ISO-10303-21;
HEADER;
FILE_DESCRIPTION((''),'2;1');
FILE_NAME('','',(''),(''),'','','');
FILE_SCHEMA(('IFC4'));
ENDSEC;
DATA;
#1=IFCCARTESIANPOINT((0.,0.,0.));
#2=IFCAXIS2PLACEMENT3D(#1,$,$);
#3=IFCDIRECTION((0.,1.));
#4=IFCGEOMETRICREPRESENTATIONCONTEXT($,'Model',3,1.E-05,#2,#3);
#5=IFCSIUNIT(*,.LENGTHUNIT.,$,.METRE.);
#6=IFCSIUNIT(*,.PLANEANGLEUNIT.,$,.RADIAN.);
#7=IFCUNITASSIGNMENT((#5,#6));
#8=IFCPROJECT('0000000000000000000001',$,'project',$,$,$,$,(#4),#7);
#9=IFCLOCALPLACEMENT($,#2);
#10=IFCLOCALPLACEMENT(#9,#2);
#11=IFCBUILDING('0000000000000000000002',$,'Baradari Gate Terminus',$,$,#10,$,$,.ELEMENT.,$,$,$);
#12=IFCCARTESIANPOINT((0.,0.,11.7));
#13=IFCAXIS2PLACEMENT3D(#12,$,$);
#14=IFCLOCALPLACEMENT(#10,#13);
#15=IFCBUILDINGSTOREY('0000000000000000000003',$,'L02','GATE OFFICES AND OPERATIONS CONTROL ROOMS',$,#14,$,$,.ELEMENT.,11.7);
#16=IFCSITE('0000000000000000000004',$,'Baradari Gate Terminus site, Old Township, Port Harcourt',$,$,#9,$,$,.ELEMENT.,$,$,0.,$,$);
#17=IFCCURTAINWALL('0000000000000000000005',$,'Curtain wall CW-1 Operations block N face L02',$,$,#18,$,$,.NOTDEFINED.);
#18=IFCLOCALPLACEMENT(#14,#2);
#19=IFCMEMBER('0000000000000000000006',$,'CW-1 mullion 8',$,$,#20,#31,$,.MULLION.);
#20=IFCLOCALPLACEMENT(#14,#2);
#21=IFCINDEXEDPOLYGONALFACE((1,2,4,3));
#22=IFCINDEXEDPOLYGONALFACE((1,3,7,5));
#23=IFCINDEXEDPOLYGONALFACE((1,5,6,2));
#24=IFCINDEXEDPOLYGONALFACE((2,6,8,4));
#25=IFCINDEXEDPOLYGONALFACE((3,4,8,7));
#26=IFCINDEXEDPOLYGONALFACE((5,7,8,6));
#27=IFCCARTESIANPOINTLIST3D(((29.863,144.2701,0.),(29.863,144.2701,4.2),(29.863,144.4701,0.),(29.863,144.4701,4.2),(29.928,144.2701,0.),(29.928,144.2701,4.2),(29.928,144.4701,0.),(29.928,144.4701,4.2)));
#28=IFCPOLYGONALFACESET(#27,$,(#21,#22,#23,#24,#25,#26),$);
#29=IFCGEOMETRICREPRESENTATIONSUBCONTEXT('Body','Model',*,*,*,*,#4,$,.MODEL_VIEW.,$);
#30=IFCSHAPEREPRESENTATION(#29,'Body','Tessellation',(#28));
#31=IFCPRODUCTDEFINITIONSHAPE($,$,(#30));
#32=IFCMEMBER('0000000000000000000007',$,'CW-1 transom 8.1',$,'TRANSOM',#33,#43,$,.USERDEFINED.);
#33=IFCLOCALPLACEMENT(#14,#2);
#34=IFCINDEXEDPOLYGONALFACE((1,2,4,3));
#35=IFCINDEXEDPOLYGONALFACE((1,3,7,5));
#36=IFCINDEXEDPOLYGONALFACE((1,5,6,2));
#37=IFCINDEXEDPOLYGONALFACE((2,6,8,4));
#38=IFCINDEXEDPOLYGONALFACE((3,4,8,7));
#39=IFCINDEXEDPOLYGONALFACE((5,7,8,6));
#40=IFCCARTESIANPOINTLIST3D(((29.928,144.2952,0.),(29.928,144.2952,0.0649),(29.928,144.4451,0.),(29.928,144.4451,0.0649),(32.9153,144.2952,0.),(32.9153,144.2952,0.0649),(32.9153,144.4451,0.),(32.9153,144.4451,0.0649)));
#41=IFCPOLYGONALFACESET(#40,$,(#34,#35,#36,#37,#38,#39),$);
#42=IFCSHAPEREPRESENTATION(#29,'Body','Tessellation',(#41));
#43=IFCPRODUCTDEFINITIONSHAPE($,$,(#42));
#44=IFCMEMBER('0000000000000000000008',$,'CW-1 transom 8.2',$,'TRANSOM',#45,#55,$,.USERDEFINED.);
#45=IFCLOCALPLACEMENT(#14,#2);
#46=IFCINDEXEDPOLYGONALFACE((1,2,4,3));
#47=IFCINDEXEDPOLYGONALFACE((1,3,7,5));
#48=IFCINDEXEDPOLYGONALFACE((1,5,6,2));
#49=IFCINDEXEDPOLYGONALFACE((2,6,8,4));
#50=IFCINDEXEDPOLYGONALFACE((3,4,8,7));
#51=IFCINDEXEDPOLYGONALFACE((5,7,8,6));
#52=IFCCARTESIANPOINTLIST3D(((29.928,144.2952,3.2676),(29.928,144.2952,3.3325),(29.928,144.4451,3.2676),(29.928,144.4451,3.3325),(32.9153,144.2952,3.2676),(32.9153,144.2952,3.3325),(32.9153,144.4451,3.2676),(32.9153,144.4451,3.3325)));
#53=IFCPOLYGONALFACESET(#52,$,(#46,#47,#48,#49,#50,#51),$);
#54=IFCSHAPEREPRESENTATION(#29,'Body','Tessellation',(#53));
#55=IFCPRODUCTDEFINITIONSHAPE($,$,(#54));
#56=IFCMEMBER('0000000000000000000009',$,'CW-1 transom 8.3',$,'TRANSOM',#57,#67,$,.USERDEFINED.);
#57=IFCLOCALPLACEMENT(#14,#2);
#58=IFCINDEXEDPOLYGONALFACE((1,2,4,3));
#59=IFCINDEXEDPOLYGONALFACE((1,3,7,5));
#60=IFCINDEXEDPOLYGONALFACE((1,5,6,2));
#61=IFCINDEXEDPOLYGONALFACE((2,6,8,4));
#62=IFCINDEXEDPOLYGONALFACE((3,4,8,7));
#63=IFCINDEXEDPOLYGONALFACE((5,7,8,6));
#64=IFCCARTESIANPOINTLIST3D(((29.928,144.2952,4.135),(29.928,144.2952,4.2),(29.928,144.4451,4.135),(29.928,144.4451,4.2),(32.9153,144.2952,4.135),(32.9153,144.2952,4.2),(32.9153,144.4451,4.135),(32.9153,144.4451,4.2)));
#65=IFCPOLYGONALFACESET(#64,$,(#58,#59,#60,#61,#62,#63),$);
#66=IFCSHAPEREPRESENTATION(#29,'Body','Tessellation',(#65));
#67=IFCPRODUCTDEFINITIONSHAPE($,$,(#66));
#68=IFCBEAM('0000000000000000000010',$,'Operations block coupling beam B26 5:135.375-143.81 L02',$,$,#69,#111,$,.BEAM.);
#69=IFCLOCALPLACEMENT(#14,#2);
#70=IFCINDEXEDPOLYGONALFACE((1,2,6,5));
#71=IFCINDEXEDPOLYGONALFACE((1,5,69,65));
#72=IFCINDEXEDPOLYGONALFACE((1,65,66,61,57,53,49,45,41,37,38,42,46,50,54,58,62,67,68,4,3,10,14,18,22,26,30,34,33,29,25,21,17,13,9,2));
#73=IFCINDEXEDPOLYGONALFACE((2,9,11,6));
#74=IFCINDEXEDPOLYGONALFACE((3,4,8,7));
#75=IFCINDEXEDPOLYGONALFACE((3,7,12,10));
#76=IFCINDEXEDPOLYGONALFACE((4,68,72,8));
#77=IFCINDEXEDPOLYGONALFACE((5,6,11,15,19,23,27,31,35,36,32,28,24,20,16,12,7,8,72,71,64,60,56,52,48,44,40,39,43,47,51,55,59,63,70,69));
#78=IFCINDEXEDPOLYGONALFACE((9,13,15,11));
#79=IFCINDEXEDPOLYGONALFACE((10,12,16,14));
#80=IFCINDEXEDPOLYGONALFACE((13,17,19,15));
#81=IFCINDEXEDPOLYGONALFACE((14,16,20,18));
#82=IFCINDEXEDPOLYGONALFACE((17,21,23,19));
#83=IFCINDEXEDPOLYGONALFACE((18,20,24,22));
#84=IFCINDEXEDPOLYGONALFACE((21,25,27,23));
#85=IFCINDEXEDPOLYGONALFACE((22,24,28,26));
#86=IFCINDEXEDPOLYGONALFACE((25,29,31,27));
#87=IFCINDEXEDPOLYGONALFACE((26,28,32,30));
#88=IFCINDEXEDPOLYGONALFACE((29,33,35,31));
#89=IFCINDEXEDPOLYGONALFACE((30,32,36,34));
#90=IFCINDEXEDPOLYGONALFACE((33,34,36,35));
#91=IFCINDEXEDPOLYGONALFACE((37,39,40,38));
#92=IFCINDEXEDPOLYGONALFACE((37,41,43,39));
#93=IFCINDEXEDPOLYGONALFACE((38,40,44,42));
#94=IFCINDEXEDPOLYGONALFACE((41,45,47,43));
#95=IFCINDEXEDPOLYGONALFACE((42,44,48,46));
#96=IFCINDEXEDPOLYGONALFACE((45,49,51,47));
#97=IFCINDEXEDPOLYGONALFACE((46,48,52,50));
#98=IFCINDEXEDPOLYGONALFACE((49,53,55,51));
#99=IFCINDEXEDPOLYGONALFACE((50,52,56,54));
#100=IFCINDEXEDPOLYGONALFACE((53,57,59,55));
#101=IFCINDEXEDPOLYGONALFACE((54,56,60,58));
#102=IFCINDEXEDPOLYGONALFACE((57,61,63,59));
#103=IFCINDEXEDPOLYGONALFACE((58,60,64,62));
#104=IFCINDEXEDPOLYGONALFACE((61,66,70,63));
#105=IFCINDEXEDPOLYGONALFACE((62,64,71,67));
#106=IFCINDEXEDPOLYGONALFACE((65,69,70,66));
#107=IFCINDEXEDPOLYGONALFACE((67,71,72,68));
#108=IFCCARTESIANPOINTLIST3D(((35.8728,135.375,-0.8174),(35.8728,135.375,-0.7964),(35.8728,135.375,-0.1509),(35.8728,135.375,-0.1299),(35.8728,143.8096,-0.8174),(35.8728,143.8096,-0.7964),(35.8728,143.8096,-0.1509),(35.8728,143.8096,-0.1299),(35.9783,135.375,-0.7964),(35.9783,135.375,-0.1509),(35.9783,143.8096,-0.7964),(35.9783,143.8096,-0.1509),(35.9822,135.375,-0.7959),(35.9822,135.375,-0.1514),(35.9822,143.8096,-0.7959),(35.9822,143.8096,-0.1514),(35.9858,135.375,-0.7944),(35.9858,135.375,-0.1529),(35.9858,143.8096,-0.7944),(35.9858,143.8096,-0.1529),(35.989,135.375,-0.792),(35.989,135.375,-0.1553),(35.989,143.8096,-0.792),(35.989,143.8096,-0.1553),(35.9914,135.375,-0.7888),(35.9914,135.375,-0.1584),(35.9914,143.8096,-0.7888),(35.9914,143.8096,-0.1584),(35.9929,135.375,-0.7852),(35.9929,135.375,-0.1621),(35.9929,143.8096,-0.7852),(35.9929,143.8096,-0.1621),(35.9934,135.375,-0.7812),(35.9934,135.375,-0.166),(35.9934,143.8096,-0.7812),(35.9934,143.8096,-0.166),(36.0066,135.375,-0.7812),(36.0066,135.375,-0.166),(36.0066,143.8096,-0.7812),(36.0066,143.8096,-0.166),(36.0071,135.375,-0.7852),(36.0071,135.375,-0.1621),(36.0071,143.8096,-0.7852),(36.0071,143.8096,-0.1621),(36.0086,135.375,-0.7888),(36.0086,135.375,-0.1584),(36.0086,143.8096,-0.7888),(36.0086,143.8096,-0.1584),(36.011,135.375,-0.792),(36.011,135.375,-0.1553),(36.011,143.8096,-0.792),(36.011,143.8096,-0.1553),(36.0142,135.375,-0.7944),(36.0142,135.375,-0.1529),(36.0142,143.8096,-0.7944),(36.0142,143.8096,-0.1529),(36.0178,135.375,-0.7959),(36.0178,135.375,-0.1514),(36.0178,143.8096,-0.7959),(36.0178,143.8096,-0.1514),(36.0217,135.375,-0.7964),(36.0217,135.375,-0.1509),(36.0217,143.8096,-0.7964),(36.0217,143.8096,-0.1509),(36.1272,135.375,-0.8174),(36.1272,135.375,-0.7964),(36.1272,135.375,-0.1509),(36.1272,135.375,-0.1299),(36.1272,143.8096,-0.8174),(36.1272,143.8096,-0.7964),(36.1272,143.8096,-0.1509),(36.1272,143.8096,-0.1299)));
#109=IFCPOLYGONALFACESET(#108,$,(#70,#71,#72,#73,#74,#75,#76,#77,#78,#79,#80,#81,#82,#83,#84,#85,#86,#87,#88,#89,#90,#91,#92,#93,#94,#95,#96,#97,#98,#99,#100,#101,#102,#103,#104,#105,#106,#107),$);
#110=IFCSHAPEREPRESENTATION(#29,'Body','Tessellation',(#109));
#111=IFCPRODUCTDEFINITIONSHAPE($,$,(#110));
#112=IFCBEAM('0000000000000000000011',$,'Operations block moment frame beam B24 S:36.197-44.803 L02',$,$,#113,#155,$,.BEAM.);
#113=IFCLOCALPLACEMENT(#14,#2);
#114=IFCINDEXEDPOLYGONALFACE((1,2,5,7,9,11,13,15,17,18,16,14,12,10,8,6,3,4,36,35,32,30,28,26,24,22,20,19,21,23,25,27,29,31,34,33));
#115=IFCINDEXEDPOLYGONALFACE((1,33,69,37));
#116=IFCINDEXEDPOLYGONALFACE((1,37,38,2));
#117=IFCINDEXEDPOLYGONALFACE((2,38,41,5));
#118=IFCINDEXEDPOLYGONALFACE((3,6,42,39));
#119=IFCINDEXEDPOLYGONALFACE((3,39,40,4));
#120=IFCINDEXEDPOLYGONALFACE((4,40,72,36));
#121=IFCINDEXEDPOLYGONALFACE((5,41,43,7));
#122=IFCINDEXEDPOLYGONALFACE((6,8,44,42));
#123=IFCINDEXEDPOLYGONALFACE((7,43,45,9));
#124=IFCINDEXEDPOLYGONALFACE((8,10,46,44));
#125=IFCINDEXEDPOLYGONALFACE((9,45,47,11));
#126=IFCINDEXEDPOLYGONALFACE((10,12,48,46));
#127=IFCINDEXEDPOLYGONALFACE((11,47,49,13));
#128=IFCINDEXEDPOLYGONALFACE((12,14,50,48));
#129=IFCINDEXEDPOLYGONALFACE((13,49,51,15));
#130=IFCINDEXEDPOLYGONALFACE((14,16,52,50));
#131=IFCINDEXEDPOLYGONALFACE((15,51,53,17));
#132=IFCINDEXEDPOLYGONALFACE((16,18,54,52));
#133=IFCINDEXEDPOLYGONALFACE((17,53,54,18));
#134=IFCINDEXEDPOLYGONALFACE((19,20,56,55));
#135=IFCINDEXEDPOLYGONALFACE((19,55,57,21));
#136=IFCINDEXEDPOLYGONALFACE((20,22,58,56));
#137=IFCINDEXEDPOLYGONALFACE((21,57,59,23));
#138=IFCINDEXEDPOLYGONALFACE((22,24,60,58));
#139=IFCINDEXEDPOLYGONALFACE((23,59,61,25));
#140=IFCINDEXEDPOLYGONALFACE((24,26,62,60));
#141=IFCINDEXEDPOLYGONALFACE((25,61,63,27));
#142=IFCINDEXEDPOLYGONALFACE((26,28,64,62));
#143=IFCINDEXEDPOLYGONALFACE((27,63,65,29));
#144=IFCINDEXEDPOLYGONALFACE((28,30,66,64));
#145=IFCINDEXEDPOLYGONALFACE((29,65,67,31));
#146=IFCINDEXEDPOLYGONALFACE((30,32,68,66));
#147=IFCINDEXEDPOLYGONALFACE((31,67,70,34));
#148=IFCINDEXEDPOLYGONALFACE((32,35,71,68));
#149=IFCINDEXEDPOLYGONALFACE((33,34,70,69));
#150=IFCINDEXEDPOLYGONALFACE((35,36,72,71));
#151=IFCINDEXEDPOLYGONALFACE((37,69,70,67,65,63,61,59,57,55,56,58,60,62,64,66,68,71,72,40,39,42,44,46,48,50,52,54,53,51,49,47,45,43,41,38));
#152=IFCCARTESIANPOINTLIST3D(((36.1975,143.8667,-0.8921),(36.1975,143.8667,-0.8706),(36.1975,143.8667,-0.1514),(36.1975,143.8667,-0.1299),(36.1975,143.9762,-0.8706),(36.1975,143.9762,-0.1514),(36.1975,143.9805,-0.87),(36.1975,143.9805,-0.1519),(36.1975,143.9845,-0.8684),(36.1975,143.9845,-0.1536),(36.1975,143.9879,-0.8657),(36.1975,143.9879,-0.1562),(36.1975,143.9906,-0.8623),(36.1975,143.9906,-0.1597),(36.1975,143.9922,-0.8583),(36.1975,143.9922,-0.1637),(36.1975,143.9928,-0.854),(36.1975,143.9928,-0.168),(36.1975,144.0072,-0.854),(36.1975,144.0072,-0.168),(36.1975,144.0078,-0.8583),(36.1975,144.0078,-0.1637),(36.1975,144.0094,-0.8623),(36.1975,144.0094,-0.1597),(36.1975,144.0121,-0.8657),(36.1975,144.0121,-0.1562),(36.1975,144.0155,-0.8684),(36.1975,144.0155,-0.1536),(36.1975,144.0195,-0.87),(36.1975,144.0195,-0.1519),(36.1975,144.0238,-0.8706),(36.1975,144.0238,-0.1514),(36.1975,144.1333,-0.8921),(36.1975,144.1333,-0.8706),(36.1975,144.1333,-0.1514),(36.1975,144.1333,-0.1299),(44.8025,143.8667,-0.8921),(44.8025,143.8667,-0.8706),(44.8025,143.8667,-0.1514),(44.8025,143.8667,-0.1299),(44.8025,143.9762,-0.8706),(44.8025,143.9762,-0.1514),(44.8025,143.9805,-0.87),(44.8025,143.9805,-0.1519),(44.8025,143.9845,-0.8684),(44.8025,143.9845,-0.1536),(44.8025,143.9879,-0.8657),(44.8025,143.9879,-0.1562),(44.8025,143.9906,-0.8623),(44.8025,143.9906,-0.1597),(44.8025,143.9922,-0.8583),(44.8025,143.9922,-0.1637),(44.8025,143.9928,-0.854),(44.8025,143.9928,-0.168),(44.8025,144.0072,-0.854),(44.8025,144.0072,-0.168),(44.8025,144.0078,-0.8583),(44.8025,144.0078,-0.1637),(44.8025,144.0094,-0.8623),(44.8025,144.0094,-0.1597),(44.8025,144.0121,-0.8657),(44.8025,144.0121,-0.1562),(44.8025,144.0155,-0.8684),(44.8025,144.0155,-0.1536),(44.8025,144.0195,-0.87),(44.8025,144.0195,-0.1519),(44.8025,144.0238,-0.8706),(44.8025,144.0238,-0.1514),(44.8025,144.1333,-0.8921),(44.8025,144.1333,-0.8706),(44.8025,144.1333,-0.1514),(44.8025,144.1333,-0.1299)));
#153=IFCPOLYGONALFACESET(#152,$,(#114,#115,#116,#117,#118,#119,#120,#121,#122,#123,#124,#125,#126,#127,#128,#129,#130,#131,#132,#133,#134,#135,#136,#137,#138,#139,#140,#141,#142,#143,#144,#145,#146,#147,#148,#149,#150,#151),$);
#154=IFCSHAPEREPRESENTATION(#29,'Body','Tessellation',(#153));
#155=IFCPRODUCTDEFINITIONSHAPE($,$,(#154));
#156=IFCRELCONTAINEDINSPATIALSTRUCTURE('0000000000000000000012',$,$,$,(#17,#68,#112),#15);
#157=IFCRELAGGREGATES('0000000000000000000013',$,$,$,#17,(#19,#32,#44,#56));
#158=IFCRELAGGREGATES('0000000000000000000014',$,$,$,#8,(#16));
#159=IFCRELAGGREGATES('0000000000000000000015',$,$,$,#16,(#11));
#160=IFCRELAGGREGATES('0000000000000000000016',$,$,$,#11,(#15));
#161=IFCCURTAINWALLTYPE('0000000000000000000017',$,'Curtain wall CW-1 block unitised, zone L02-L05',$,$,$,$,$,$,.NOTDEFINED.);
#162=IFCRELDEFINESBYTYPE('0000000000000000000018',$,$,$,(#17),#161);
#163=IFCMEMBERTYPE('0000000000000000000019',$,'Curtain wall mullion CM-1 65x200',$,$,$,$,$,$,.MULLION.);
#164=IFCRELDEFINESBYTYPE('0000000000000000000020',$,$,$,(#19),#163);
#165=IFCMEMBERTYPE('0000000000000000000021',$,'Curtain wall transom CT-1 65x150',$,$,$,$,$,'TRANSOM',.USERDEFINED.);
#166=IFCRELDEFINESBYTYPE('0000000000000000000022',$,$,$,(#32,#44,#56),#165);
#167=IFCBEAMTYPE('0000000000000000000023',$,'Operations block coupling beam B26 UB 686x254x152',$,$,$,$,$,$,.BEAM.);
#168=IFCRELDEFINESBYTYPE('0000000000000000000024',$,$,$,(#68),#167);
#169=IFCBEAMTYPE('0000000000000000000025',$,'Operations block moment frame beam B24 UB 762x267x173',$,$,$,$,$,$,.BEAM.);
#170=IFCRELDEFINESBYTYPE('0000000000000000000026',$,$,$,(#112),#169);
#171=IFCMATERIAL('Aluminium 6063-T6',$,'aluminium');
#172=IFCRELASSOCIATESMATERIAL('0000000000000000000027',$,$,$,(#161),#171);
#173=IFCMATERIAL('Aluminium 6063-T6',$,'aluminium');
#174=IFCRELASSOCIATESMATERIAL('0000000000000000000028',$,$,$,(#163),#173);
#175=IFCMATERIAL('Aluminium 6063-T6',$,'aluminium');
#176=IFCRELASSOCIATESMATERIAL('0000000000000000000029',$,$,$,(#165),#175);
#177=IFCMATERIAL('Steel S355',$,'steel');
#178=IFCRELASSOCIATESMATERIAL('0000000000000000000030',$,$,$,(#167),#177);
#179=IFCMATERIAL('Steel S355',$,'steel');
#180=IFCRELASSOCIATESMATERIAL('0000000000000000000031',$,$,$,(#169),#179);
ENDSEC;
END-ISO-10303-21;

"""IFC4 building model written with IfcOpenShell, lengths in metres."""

from ifc_helpers import new_model, si_unit, direction, frame, origin, origin_2d, place, context, subcontext, project, spatial, rectangle, i_section, extrude, material, material_profile, profile_set, type_object, element, aggregate, save


model = new_model("IFC4")

# Units and contexts
model_context = context("Model", 3, precision=1e-05, world=origin(), true_north=direction((0.0, 1.0)))
body_context = subcontext(model_context, "Body", "Model", "MODEL_VIEW")
ifc_project = project(units=[si_unit("LENGTHUNIT", "METRE"), si_unit("PLANEANGLEUNIT", "RADIAN")], contexts=[model_context])

# Site, building, storey
site_placement = place(None, origin())
site = spatial("IfcSite", under=ifc_project, at=site_placement, Name="Baradari Gate Terminus site, Old Township, Port Harcourt", CompositionType="ELEMENT", RefElevation=0.0)
building_placement = place(site_placement, origin())
building = spatial("IfcBuilding", under=site, at=building_placement, Name="Baradari Gate Terminus", CompositionType="ELEMENT")
storey_placement = place(building_placement, frame((0.0, 0.0, 11.7)))
storey = spatial("IfcBuildingStorey", under=building, at=storey_placement, Name="L02", Description="GATE OFFICES AND OPERATIONS CONTROL ROOMS", CompositionType="ELEMENT", Elevation=11.7)

# Curtain wall, members
ifc_material_1 = material(Name="Aluminium 6063-T6", Category="aluminium")
curtain_wall_type = type_object("IfcCurtainWallType", Name="Curtain wall CW-1 block unitised, zone L02-L05", PredefinedType="NOTDEFINED", material=ifc_material_1)
curtain_wall_placement = place(storey_placement, origin())
curtain_wall = element("IfcCurtainWall", 1, at=curtain_wall_placement, inside=storey, type_object=curtain_wall_type, Name="Curtain wall CW-1 Operations block N face L02", PredefinedType="NOTDEFINED")
ifc_material_2 = material(Name="Aluminium 6063-T6", Category="aluminium")
ifc_material_profile_1 = material_profile(ifc_material_2, rectangle(XDim=0.2, YDim=0.0649, at=origin_2d()), Name="CM-1 65X200")
ifc_profile_set_1 = profile_set([ifc_material_profile_1], Name="Aluminium 6063-T6")
member_type_1 = type_object("IfcMemberType", Name="Curtain wall mullion CM-1 65x200", PredefinedType="MULLION", material=ifc_profile_set_1)
member_1_placement = place(storey_placement, frame((29.8955, 144.3701, 0.0), z_axis=(0.0, 0.0, 1.0), x_axis=(0.0, 1.0, 0.0)))
member_1 = element("IfcMember", 2, at=member_1_placement, type_object=member_type_1, Name="CW-1 mullion 8", PredefinedType="MULLION", context=body_context, shape_type="SweptSolid", body=[
    extrude(rectangle(XDim=0.2, YDim=0.0649, at=origin_2d()), origin(), (0.0, 0.0, 1.0), 4.2),
])
ifc_material_3 = material(Name="Aluminium 6063-T6", Category="aluminium")
ifc_material_profile_2 = material_profile(ifc_material_3, rectangle(XDim=0.1499, YDim=0.0649, at=origin_2d()), Name="CT-1 65X150")
ifc_profile_set_2 = profile_set([ifc_material_profile_2], Name="Aluminium 6063-T6")
member_type_2 = type_object("IfcMemberType", Name="Curtain wall transom CT-1 65x150", ElementType="TRANSOM", PredefinedType="USERDEFINED", material=ifc_profile_set_2)
member_2_placement = place(storey_placement, frame((29.928, 144.3701, 0.0325), z_axis=(1.0, 0.0, 0.0), x_axis=(0.0, 1.0, 0.0)))
member_2 = element("IfcMember", 3, at=member_2_placement, type_object=member_type_2, Name="CW-1 transom 8.1", ObjectType="TRANSOM", PredefinedType="USERDEFINED", context=body_context, shape_type="SweptSolid", body=[
    extrude(rectangle(XDim=0.1499, YDim=0.0649, at=origin_2d()), origin(), (0.0, 0.0, 1.0), 2.9873),
])
member_3_placement = place(storey_placement, frame((29.928, 144.3701, 3.3), z_axis=(1.0, 0.0, 0.0), x_axis=(0.0, 1.0, 0.0)))
member_3 = element("IfcMember", 4, at=member_3_placement, type_object=member_type_2, Name="CW-1 transom 8.2", ObjectType="TRANSOM", PredefinedType="USERDEFINED", context=body_context, shape_type="SweptSolid", body=[
    extrude(rectangle(XDim=0.1499, YDim=0.0649, at=origin_2d()), origin(), (0.0, 0.0, 1.0), 2.9873),
])
member_4_placement = place(storey_placement, frame((29.928, 144.3701, 4.1675), z_axis=(1.0, 0.0, 0.0), x_axis=(0.0, 1.0, 0.0)))
member_4 = element("IfcMember", 5, at=member_4_placement, type_object=member_type_2, Name="CW-1 transom 8.3", ObjectType="TRANSOM", PredefinedType="USERDEFINED", context=body_context, shape_type="SweptSolid", body=[
    extrude(rectangle(XDim=0.1499, YDim=0.0649, at=origin_2d()), origin(), (0.0, 0.0, 1.0), 2.9873),
])

# Beams
ifc_material_4 = material(Name="Steel S355", Category="steel")
ifc_material_profile_3 = material_profile(ifc_material_4, i_section(OverallWidth=0.2544, OverallDepth=0.6875, WebThickness=0.0132, FlangeThickness=0.021, FilletRadius=0.0151, at=origin_2d()), Name="UB 686x254x152")
ifc_profile_set_3 = profile_set([ifc_material_profile_3], Name="Steel S355")
beam_type_1 = type_object("IfcBeamType", Name="Operations block coupling beam B26 UB 686x254x152", PredefinedType="BEAM", material=ifc_profile_set_3)
beam_1_placement = place(storey_placement, frame((36.0, 135.375, -0.4736), z_axis=(0.0, 1.0, 0.0), x_axis=(-1.0, 0.0, 0.0)))
element("IfcBeam", 6, at=beam_1_placement, inside=storey, type_object=beam_type_1, Name="Operations block coupling beam B26 5:135.375-143.81 L02", PredefinedType="BEAM", context=body_context, shape_type="SweptSolid", body=[
    extrude(i_section(OverallWidth=0.2544, OverallDepth=0.6875, WebThickness=0.0132, FlangeThickness=0.021, FilletRadius=0.0151, at=origin_2d()), origin(), (0.0, 0.0, 1.0), 8.4346),
])
ifc_material_5 = material(Name="Steel S355", Category="steel")
ifc_material_profile_4 = material_profile(ifc_material_5, i_section(OverallWidth=0.2666, OverallDepth=0.7622, WebThickness=0.0144, FlangeThickness=0.0215, FilletRadius=0.0166, at=origin_2d()), Name="UB 762x267x173")
ifc_profile_set_4 = profile_set([ifc_material_profile_4], Name="Steel S355")
beam_type_2 = type_object("IfcBeamType", Name="Operations block moment frame beam B24 UB 762x267x173", PredefinedType="BEAM", material=ifc_profile_set_4)
beam_2_placement = place(storey_placement, frame((36.1975, 144.0, -0.511), z_axis=(1.0, 0.0, 0.0), x_axis=(0.0, 1.0, 0.0)))
element("IfcBeam", 7, at=beam_2_placement, inside=storey, type_object=beam_type_2, Name="Operations block moment frame beam B24 S:36.197-44.803 L02", PredefinedType="BEAM", context=body_context, shape_type="SweptSolid", body=[
    extrude(i_section(OverallWidth=0.2666, OverallDepth=0.7622, WebThickness=0.0144, FlangeThickness=0.0215, FilletRadius=0.0166, at=origin_2d()), origin(), (0.0, 0.0, 1.0), 8.605),
])

aggregate(curtain_wall, [member_1, member_2, member_3, member_4])

save(model, "model.ifc")
